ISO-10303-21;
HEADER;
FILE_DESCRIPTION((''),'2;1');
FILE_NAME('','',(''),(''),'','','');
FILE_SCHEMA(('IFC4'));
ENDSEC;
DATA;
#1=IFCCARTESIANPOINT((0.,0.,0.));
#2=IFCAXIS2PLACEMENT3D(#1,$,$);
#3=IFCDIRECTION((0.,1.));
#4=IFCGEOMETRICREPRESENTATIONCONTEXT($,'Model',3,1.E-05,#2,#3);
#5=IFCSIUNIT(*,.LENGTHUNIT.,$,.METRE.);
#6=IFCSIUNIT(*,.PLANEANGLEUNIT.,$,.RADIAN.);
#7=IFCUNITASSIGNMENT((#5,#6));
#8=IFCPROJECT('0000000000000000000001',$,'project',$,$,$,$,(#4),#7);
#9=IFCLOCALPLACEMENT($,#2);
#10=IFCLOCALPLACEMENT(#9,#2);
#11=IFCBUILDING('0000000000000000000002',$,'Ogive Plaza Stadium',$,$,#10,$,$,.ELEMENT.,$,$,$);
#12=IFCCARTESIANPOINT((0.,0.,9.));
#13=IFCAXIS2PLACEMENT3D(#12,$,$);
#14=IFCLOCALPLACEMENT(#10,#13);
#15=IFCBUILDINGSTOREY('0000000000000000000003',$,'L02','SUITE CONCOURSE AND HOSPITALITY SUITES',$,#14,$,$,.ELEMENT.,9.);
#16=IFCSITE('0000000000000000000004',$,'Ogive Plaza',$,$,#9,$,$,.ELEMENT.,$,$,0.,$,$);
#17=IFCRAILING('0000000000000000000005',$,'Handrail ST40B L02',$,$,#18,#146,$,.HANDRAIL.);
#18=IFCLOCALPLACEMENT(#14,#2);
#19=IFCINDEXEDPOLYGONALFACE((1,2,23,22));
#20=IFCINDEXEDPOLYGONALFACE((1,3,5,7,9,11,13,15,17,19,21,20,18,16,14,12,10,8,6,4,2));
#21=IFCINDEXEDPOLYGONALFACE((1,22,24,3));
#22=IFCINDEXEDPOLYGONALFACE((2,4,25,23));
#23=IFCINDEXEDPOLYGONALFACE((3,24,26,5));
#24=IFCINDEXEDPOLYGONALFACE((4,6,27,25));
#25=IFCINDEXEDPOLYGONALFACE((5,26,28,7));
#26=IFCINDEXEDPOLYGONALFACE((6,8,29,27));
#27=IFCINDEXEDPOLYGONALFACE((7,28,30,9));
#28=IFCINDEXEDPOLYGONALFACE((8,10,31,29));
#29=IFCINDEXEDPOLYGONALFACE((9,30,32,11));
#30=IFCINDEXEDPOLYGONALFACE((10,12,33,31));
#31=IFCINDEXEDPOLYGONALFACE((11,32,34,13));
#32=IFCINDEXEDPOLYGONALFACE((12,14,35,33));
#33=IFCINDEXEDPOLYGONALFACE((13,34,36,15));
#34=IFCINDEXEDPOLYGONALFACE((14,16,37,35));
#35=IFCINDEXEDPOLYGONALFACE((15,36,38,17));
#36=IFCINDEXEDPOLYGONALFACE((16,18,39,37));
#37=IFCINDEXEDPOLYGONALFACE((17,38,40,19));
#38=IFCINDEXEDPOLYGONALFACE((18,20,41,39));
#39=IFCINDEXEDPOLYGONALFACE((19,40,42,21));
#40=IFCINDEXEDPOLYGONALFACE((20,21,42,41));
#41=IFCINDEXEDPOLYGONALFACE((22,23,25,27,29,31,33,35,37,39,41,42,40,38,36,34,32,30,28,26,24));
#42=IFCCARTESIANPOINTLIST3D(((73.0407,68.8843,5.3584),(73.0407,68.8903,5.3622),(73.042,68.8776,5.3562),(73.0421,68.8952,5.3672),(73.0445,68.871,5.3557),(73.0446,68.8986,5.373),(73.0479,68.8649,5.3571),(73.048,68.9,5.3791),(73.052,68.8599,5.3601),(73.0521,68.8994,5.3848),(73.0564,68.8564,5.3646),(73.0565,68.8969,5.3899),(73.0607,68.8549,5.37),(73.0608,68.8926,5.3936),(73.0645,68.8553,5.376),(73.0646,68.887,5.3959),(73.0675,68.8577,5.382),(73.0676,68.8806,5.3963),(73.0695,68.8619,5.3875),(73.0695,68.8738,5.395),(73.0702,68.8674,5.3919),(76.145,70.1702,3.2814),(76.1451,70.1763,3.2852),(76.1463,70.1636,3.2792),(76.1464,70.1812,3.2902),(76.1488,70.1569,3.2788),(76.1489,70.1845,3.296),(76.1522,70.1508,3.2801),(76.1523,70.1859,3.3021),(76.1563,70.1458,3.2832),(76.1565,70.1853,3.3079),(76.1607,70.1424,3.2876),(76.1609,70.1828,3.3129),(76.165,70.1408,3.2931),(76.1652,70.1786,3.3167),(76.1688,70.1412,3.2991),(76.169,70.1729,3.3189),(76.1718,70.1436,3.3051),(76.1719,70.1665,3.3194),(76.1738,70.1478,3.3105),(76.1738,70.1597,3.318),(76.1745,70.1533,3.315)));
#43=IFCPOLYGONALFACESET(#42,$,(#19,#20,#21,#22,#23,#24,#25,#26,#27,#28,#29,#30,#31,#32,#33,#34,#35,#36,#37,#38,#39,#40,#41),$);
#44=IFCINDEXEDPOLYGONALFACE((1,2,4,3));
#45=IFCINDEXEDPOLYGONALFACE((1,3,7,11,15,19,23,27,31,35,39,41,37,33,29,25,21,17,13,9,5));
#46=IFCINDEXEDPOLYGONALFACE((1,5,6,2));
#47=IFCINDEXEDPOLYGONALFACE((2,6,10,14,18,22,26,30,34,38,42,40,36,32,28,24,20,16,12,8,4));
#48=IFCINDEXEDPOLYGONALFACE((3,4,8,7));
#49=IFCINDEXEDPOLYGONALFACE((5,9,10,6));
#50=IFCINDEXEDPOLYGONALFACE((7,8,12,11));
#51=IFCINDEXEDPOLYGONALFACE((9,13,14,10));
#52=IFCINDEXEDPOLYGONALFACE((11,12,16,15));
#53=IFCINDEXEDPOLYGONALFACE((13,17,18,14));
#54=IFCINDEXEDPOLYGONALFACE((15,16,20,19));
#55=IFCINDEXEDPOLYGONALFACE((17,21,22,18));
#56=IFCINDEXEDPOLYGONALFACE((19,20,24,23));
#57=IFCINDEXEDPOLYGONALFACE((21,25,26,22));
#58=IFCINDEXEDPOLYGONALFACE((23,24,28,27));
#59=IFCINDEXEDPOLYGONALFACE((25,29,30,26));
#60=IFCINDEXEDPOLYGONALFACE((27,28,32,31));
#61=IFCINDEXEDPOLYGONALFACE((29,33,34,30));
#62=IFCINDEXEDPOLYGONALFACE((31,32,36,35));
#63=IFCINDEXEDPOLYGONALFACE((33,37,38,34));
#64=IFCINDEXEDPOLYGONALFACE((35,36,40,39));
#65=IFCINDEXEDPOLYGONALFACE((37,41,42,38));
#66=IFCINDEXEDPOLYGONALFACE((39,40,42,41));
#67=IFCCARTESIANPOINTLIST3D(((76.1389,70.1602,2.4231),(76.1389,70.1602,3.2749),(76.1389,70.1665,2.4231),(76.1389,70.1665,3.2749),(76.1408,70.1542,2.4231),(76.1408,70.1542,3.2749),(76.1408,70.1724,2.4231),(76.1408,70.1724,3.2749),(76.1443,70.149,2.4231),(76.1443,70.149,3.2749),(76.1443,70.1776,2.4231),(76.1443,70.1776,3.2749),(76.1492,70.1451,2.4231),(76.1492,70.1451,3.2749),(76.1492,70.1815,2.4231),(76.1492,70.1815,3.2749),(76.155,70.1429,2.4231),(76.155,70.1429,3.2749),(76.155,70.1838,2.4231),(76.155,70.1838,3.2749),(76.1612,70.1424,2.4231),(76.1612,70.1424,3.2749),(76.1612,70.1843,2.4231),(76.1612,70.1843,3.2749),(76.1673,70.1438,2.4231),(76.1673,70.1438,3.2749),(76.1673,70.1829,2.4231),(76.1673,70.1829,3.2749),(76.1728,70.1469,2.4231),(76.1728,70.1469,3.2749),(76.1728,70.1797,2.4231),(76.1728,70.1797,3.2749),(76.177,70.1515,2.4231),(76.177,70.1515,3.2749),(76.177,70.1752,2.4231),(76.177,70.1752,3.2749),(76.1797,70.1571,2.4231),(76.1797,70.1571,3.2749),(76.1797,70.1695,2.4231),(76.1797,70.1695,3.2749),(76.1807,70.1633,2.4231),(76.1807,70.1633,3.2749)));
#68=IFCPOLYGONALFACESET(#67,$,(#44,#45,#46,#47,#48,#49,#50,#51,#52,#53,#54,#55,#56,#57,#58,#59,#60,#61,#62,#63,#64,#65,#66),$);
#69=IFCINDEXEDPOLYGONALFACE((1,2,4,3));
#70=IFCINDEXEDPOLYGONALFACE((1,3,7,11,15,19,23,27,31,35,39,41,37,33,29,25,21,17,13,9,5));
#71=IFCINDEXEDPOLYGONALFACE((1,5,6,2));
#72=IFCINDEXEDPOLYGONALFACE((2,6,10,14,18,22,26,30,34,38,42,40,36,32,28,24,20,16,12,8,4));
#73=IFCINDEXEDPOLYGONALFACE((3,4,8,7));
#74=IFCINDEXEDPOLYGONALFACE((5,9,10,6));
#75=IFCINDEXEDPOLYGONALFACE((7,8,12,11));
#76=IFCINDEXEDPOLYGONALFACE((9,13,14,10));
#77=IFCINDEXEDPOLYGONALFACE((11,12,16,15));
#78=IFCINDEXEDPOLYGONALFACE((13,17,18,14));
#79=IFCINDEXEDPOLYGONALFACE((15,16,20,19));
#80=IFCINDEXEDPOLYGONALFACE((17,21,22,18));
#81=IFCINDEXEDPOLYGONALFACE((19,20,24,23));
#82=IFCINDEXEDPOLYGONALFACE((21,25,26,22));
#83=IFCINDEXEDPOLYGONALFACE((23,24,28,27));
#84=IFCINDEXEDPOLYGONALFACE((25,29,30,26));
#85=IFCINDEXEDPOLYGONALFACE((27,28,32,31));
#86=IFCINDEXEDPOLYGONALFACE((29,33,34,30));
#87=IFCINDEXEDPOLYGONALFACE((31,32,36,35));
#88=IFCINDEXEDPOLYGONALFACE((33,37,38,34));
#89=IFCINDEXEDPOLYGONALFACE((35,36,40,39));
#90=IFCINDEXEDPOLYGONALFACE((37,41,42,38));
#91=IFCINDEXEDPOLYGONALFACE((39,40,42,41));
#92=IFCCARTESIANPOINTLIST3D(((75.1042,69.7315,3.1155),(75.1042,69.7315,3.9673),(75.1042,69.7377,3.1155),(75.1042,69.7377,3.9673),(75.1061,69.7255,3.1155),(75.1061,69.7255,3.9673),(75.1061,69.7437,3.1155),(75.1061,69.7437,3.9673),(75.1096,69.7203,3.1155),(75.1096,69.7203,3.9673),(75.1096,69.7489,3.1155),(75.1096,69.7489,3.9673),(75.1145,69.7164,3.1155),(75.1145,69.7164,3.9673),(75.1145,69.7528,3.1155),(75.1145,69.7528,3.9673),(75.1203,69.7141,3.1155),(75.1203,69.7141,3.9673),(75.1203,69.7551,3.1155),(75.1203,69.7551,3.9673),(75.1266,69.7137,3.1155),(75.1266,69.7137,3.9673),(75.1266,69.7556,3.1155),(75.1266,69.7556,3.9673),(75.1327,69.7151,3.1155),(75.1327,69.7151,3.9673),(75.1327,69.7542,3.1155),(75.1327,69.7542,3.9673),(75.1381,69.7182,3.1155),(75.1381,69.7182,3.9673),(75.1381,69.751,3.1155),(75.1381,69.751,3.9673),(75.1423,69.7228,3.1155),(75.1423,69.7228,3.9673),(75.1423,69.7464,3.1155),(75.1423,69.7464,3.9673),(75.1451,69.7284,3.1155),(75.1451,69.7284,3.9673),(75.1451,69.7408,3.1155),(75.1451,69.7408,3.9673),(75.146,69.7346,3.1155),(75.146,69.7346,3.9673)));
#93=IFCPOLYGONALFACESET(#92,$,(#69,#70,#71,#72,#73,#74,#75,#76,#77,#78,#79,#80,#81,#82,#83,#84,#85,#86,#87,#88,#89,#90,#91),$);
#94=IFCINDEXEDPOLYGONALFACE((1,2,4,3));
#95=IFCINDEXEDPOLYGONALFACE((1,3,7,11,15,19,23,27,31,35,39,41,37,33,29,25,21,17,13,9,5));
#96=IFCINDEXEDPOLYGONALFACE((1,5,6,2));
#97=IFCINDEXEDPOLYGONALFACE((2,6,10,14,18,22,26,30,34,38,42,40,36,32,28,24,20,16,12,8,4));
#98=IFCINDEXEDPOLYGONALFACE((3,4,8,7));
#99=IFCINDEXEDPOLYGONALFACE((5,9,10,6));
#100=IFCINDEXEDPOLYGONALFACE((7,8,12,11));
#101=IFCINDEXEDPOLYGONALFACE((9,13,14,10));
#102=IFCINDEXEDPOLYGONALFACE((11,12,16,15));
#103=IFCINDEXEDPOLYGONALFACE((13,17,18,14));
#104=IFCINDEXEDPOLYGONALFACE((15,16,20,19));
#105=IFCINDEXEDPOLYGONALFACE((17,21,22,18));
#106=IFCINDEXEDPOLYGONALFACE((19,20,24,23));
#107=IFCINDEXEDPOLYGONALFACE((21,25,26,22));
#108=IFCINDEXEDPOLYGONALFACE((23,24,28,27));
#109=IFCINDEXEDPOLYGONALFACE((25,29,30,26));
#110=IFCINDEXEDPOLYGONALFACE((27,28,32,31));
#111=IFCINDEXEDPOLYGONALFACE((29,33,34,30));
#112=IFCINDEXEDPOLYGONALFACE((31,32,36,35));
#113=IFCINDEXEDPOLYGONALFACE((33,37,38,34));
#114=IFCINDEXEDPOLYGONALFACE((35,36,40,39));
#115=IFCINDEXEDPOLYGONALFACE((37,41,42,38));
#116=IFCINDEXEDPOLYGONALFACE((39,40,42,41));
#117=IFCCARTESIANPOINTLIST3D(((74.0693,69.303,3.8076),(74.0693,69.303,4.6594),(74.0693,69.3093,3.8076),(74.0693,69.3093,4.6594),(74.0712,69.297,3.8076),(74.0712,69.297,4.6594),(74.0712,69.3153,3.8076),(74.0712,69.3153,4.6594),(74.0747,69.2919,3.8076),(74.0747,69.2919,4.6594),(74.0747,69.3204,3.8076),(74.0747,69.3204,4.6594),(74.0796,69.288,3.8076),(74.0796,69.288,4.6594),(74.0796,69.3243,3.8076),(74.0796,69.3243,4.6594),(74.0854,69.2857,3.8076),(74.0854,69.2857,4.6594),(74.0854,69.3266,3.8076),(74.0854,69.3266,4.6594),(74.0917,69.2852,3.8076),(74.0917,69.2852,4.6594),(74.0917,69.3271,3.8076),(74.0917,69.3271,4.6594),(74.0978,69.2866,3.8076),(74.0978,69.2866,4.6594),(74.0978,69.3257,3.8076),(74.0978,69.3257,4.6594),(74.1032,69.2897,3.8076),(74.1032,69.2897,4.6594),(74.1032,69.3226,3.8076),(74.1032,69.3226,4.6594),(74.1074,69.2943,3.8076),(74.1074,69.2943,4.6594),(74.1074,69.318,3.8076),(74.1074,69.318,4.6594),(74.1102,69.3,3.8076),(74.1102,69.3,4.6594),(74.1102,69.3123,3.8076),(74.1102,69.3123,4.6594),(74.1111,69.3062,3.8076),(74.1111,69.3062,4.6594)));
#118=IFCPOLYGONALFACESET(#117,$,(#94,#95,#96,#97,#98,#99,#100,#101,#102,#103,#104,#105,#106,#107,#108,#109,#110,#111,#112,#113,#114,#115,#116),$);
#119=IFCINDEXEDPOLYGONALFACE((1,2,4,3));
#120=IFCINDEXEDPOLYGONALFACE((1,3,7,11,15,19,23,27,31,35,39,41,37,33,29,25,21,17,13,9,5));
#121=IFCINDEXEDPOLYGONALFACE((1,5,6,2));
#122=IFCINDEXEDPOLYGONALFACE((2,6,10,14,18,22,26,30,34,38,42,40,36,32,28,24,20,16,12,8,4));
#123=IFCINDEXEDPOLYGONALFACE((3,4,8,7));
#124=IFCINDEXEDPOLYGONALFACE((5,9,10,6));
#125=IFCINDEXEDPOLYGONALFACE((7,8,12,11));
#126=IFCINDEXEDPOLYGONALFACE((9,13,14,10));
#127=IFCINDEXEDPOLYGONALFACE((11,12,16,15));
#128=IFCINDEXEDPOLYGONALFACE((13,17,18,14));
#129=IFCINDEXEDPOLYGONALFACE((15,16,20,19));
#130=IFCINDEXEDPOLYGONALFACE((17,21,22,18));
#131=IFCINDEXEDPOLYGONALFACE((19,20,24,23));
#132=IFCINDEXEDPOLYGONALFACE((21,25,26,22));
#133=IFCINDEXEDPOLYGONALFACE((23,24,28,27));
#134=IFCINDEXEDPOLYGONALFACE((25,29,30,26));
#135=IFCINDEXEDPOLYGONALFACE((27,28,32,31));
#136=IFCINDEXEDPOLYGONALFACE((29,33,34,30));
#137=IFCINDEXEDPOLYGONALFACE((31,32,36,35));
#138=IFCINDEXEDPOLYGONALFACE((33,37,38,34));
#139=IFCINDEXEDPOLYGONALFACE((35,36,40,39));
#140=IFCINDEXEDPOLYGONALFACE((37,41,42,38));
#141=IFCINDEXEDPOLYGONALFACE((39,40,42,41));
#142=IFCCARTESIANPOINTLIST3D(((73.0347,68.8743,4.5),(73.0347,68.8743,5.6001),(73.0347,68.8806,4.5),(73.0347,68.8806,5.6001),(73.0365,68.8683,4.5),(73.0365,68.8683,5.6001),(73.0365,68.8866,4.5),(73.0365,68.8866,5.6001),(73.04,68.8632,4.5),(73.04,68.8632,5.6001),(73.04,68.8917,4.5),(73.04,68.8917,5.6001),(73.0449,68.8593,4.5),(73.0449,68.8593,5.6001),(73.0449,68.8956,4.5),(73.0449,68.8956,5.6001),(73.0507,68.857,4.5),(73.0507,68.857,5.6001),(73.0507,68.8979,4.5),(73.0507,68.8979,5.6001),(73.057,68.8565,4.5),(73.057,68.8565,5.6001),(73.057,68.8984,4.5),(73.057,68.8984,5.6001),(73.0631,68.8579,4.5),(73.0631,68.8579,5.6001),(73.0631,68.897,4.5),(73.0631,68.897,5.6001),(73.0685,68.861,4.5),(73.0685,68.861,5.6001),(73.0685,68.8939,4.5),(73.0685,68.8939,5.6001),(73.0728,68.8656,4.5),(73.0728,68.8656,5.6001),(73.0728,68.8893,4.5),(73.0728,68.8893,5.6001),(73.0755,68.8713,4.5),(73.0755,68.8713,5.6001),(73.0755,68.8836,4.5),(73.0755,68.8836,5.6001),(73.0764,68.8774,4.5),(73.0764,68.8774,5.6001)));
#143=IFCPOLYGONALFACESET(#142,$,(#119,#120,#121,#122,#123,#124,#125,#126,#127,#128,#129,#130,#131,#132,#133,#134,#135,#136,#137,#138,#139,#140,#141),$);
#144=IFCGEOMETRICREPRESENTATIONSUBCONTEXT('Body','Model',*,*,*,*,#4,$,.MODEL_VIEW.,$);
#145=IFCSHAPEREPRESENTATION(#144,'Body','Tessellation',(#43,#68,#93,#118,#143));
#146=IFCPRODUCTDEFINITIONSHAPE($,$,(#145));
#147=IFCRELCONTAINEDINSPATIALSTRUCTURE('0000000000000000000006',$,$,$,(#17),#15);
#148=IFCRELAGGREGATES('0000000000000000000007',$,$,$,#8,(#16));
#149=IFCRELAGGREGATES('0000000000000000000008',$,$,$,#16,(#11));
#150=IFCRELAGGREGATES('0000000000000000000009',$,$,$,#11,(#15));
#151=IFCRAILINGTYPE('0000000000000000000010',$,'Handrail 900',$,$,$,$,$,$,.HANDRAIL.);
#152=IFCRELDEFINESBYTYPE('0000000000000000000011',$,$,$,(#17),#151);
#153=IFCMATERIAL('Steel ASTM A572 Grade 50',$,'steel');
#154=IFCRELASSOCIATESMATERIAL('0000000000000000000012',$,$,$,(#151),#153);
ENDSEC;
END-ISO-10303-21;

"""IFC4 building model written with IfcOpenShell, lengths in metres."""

from ifc_helpers import new_model, si_unit, direction, frame, origin, origin_2d, place, context, subcontext, project, spatial, circle, extrude, material, type_object, element, save


model = new_model("IFC4")

# Units and contexts
model_context = context("Model", 3, precision=1e-05, world=origin(), true_north=direction((0.0, 1.0)))
body_context = subcontext(model_context, "Body", "Model", "MODEL_VIEW")
ifc_project = project(units=[si_unit("LENGTHUNIT", "METRE"), si_unit("PLANEANGLEUNIT", "RADIAN")], contexts=[model_context])

# Site, building, storey
site_placement = place(None, origin())
site = spatial("IfcSite", under=ifc_project, at=site_placement, Name="Ogive Plaza", CompositionType="ELEMENT", RefElevation=0.0)
building_placement = place(site_placement, origin())
building = spatial("IfcBuilding", under=site, at=building_placement, Name="Ogive Plaza Stadium", CompositionType="ELEMENT")
storey_placement = place(building_placement, frame((0.0, 0.0, 9.0)))
storey = spatial("IfcBuildingStorey", under=building, at=storey_placement, Name="L02", Description="SUITE CONCOURSE AND HOSPITALITY SUITES", CompositionType="ELEMENT", Elevation=9.0)

# Railing
ifc_material_1 = material(Name="Steel ASTM A572 Grade 50", Category="steel")
railing_type_1 = type_object("IfcRailingType", Name="Handrail 900", PredefinedType="HANDRAIL", material=ifc_material_1)
for number, where, name in (
    (1, (76.1597, 70.1633, 2.4231), "Handrail ST40B L02"),
):
    element("IfcRailing", number, at=place(storey_placement, frame(where)), inside=storey, type_object=railing_type_1, Name=name, PredefinedType="HANDRAIL", context=body_context, shape_type="SweptSolid", body=[
        extrude(circle(Radius=0.0239, at=origin_2d()), frame((0.0, 0.0, 0.876), z_axis=(-0.785863, -0.325532, 0.525783), x_axis=(0.3827, -0.923872, 0.0)), (0.0, 0.0, 1.0), 3.9502),
        extrude(circle(Radius=0.021, at=origin_2d()), origin(), (0.0, 0.0, 1.0), 0.8518),
        extrude(circle(Radius=0.021, at=origin_2d()), frame((-1.0347, -0.4287, 0.6924)), (0.0, 0.0, 1.0), 0.8518),
        extrude(circle(Radius=0.021, at=origin_2d()), frame((-2.0696, -0.8572, 1.3845)), (0.0, 0.0, 1.0), 0.8518),
        extrude(circle(Radius=0.021, at=origin_2d()), frame((-3.1042, -1.2859, 2.0769)), (0.0, 0.0, 1.0), 1.1001),
    ])

save(model, "model.ifc")
